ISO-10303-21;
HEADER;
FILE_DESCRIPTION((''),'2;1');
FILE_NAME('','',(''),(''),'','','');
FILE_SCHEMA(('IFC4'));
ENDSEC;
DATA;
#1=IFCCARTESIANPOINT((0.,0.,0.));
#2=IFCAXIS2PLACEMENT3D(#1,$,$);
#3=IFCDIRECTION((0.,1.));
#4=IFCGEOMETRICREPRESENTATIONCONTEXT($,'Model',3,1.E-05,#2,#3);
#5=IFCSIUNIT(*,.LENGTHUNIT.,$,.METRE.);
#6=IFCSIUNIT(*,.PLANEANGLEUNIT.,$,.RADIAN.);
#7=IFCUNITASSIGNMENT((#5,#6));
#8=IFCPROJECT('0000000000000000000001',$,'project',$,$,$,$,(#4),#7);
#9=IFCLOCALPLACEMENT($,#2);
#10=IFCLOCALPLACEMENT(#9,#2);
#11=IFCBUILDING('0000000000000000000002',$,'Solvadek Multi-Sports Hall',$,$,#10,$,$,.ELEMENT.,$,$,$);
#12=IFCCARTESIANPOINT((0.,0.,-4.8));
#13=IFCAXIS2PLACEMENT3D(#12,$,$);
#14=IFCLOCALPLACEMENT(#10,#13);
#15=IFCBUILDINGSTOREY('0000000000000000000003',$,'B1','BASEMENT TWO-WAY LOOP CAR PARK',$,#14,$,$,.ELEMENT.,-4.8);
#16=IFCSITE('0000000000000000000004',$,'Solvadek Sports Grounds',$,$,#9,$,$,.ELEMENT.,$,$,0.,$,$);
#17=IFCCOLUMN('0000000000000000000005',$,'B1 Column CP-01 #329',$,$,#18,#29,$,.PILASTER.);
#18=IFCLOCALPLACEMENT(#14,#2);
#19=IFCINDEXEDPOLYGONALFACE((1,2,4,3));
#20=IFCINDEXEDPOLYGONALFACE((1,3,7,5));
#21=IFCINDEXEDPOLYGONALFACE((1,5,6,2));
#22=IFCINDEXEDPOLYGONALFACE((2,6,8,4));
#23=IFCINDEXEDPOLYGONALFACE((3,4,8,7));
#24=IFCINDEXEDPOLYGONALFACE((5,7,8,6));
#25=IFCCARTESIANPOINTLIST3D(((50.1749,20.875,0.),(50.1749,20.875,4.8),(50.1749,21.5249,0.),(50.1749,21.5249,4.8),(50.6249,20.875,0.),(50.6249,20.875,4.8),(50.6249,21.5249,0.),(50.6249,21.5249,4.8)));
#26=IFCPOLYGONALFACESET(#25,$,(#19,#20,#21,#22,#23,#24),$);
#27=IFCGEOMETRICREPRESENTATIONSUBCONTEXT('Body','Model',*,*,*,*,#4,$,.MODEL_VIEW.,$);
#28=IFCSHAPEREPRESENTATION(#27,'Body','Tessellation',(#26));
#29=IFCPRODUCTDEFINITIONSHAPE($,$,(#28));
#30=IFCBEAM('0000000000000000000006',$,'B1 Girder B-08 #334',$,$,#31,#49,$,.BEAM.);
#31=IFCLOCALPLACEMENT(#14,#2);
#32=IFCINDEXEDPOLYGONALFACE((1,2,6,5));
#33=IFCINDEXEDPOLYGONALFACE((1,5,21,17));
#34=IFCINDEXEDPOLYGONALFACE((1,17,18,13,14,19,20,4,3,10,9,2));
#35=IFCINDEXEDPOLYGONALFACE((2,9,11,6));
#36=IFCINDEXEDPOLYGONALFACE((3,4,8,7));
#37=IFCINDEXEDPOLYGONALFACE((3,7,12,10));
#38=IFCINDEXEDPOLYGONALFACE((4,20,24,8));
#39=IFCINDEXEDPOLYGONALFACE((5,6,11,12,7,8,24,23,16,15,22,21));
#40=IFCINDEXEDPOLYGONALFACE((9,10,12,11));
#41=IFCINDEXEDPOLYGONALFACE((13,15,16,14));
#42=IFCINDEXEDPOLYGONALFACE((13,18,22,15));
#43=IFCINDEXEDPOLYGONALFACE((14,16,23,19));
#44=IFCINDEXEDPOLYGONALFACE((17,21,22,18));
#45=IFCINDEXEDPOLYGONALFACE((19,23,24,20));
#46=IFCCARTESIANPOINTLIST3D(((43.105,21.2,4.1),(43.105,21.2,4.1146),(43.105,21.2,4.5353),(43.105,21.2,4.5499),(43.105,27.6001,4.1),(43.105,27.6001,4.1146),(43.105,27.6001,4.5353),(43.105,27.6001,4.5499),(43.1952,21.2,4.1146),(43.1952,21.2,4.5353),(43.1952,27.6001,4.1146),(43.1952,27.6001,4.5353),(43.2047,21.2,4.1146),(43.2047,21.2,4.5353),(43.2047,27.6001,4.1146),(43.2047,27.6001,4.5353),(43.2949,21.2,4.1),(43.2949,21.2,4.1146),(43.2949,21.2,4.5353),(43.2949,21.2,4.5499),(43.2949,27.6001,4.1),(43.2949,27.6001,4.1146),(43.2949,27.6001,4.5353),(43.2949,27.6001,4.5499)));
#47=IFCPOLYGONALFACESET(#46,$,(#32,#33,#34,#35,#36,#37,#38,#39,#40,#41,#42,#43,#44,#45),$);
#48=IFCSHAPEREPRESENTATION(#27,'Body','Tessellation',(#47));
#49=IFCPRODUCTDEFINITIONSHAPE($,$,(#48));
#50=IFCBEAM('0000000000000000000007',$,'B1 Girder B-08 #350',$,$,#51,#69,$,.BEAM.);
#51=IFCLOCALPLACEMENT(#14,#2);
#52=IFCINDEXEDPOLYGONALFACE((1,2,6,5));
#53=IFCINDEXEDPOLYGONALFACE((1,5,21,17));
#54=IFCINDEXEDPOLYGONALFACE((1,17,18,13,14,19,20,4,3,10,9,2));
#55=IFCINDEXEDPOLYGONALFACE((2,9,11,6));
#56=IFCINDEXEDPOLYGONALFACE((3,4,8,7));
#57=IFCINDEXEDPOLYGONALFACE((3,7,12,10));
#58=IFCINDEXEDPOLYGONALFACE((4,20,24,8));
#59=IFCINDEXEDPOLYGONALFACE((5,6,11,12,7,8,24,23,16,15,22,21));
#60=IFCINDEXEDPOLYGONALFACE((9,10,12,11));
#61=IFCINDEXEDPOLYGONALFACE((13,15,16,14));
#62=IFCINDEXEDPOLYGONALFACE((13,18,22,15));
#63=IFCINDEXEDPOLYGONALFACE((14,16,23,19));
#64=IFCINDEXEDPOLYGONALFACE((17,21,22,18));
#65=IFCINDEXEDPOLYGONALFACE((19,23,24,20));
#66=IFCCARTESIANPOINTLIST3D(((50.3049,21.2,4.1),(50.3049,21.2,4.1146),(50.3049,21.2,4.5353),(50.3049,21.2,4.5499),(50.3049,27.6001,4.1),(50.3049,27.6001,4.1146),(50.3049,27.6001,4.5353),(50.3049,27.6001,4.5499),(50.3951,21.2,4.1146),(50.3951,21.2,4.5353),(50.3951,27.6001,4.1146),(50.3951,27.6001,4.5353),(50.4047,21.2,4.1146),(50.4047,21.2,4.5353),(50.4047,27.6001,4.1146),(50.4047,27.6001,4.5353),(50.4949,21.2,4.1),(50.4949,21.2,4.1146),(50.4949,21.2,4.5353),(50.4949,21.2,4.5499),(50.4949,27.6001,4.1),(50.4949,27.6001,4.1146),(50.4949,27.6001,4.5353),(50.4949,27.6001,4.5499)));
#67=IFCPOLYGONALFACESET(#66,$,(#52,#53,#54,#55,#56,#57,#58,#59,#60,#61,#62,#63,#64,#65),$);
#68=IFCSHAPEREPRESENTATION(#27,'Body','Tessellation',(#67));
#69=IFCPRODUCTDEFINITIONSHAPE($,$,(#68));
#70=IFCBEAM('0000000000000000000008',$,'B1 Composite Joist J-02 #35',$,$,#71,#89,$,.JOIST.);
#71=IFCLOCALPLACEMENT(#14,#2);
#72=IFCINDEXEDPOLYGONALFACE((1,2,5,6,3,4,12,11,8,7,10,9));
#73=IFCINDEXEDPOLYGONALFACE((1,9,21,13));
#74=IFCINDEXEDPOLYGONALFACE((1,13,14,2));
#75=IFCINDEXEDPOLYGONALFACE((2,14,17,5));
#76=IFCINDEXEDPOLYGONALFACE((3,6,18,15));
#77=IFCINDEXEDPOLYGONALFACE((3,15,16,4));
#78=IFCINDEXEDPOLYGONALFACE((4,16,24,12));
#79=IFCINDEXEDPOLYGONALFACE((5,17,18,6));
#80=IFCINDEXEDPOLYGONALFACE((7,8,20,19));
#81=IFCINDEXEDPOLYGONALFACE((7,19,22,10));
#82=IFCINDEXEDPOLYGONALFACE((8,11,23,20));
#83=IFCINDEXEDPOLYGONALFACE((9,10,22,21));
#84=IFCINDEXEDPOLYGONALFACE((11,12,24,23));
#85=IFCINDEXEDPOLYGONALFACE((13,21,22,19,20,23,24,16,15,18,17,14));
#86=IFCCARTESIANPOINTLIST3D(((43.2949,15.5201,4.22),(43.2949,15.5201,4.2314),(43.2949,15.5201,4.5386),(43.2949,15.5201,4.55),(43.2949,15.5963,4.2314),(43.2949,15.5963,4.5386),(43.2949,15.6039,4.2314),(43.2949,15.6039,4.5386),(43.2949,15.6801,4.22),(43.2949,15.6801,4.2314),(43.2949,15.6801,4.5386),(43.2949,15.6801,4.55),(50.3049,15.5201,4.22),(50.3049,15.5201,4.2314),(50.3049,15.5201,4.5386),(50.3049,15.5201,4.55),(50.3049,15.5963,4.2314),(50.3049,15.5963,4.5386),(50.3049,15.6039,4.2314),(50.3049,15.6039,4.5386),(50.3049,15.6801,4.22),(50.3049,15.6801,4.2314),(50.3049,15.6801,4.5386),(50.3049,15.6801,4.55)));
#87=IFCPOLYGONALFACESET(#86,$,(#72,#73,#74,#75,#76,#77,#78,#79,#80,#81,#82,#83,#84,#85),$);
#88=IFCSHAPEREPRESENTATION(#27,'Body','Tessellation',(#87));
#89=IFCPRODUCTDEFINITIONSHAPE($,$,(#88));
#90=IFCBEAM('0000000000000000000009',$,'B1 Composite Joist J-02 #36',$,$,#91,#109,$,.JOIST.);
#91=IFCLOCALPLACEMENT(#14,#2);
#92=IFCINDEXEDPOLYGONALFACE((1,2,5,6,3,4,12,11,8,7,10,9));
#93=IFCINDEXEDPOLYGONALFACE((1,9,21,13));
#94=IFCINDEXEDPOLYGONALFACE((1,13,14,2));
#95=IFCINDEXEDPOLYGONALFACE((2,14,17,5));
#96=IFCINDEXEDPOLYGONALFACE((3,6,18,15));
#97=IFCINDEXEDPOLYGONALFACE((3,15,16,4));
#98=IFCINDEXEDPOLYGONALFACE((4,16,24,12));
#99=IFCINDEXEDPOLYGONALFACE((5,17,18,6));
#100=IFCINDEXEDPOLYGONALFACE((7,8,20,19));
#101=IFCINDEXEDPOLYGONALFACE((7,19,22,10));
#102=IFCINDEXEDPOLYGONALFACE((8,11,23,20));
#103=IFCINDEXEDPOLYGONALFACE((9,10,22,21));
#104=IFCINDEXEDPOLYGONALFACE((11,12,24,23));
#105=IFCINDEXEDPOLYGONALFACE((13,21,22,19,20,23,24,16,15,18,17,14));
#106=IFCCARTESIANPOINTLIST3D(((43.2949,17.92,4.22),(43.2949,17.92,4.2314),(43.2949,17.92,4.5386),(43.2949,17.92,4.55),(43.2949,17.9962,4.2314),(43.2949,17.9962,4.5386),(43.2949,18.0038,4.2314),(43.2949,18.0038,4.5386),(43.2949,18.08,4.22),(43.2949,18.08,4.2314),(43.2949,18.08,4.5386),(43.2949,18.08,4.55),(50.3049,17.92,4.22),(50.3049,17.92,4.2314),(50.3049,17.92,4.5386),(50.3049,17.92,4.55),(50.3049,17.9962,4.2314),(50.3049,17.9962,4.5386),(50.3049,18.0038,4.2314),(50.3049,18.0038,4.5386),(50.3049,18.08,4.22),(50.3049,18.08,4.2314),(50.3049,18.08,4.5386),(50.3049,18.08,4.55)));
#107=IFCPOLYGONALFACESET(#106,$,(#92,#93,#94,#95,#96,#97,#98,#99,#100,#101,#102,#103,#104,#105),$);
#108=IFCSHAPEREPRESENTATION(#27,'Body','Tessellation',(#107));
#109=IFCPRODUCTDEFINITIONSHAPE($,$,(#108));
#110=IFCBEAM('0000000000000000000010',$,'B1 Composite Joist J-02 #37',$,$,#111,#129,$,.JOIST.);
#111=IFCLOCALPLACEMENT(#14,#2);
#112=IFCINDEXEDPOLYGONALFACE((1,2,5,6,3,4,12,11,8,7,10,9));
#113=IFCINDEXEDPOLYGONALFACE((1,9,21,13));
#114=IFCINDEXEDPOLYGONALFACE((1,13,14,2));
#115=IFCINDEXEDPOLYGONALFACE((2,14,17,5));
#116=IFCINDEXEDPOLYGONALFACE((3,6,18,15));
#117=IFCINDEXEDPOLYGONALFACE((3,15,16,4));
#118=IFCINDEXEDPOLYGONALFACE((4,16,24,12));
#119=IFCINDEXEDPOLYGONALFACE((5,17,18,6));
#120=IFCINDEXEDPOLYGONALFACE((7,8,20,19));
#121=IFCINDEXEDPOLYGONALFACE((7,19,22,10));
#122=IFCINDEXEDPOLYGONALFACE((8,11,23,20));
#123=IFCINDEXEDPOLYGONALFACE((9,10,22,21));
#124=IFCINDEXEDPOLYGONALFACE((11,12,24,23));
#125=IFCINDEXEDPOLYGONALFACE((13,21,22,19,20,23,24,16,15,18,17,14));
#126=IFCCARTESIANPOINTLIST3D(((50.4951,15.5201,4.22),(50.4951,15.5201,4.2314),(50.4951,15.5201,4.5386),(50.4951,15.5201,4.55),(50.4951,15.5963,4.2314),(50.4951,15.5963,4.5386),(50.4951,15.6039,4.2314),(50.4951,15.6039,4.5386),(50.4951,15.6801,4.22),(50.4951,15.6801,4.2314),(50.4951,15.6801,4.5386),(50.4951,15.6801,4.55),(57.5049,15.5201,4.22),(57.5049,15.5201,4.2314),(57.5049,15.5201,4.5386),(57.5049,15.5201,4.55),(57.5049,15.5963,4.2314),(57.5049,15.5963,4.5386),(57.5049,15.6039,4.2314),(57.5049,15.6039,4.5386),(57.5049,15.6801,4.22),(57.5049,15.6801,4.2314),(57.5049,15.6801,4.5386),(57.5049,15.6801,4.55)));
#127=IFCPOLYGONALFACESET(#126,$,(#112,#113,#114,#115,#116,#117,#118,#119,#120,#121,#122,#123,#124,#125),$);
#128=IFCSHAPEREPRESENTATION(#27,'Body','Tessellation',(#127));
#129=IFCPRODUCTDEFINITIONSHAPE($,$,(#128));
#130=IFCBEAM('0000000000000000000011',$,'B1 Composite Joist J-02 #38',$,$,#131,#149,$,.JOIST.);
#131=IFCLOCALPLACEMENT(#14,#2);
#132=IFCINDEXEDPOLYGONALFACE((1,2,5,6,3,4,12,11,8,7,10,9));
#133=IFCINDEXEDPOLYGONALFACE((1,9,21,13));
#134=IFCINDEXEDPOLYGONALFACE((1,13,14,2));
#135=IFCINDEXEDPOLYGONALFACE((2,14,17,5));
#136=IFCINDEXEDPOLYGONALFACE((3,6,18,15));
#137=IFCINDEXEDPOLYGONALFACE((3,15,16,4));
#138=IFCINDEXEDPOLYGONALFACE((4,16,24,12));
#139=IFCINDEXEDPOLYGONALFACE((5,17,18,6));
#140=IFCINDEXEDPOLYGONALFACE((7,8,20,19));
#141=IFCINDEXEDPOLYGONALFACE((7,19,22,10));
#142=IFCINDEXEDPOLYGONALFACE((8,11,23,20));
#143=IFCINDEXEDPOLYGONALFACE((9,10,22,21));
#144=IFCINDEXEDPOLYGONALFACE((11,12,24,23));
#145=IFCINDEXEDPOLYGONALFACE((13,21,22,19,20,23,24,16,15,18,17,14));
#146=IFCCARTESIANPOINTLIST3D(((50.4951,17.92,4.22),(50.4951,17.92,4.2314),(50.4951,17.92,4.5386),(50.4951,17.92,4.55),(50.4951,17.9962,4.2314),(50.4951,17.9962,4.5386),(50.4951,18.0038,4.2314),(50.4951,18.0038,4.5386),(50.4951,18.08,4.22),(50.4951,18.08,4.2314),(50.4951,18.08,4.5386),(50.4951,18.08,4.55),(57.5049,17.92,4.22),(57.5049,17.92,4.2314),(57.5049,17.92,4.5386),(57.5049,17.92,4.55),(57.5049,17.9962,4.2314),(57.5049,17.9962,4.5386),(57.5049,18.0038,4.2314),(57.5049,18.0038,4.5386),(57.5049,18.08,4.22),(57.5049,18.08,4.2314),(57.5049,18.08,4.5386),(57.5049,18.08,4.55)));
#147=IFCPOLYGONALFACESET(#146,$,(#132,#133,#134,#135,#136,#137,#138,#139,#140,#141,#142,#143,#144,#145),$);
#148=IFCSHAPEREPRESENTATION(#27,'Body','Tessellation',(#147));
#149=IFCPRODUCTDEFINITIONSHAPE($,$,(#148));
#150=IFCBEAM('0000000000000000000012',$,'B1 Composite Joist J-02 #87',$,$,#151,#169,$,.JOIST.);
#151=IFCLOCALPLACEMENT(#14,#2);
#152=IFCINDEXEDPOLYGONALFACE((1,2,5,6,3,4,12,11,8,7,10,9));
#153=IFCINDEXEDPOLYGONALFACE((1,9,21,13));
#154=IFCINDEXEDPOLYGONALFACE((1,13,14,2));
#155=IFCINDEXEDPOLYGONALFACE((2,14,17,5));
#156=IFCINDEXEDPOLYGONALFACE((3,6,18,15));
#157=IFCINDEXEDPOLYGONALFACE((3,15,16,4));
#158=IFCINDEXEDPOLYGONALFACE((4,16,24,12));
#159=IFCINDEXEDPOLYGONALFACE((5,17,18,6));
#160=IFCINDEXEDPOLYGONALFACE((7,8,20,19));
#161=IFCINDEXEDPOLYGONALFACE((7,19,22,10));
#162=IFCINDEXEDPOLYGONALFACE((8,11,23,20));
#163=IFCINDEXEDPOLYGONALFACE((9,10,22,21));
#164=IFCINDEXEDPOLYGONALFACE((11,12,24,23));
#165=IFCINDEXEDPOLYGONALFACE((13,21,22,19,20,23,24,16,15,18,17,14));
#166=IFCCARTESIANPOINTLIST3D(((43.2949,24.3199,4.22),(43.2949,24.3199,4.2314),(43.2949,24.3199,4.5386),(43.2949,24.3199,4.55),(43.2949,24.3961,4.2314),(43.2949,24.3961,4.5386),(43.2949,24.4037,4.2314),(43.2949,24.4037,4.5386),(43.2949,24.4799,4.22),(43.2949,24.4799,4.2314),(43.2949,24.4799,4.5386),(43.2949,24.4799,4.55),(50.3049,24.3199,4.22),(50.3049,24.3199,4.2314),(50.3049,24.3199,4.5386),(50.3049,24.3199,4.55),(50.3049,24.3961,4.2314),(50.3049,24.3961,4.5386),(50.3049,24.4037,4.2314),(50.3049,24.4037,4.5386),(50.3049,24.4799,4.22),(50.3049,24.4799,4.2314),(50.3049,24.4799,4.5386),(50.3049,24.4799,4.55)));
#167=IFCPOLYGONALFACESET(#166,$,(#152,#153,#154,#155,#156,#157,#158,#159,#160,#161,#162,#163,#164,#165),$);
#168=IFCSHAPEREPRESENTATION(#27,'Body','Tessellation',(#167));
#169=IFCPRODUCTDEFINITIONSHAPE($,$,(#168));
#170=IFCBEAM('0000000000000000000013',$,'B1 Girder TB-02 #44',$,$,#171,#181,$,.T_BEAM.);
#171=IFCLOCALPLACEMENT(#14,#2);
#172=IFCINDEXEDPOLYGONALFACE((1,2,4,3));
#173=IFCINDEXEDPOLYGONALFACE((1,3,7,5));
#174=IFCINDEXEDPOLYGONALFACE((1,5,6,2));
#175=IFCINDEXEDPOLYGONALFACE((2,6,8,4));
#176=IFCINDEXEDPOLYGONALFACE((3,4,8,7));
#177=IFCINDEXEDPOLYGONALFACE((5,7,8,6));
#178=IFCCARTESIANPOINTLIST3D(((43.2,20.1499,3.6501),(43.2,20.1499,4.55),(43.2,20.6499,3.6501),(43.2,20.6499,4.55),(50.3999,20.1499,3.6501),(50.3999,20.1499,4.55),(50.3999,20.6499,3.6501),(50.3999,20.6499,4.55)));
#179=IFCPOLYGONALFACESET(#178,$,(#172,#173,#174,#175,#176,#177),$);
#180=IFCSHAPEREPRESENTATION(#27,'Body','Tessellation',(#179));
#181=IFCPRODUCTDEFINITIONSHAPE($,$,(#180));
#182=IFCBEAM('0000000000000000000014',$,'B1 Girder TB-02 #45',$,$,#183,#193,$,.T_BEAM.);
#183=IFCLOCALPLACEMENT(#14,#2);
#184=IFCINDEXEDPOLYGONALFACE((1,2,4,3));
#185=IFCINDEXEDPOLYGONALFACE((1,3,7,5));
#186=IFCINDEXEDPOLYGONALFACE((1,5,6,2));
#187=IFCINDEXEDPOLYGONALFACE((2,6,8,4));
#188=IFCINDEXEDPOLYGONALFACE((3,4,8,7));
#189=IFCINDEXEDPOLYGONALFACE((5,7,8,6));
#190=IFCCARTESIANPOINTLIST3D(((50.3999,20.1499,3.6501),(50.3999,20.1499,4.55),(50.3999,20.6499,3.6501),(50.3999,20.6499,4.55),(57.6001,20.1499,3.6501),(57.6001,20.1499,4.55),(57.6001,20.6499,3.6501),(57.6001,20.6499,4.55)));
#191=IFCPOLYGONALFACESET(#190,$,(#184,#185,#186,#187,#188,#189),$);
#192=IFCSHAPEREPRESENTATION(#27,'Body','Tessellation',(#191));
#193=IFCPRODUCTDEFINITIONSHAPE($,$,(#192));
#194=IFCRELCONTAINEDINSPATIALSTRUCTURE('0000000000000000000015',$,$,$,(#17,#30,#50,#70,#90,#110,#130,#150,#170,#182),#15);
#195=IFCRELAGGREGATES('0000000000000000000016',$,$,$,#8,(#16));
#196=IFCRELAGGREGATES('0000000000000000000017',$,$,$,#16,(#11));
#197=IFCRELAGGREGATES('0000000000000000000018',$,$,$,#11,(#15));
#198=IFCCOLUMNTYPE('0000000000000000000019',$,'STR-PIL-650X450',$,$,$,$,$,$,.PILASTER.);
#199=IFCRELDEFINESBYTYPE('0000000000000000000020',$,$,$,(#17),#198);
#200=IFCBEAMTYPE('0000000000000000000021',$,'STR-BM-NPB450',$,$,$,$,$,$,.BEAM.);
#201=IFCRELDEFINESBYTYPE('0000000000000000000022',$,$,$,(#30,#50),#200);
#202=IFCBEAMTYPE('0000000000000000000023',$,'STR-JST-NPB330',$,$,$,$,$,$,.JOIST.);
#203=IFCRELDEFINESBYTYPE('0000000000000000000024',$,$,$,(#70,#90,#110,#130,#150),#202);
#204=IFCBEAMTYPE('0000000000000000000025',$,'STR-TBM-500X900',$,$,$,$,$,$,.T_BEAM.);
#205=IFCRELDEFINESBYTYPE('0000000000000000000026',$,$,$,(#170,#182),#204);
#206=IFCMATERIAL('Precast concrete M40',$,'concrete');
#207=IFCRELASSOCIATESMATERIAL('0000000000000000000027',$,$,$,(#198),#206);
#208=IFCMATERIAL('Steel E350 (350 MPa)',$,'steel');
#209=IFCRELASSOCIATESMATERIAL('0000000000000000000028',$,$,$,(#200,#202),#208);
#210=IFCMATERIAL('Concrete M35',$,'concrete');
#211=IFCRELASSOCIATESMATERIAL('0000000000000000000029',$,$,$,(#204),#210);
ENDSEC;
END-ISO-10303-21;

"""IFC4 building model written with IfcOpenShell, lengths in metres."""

from ifc_helpers import new_model, si_unit, direction, frame, origin, origin_2d, place, context, subcontext, project, spatial, rectangle, i_section, extrude, material, material_profile, profile_set, type_object, element, save


model = new_model("IFC4")

# Units and contexts
model_context = context("Model", 3, precision=1e-05, world=origin(), true_north=direction((0.0, 1.0)))
body_context = subcontext(model_context, "Body", "Model", "MODEL_VIEW")
ifc_project = project(units=[si_unit("LENGTHUNIT", "METRE"), si_unit("PLANEANGLEUNIT", "RADIAN")], contexts=[model_context])

# Site, building, storey
site_placement = place(None, origin())
site = spatial("IfcSite", under=ifc_project, at=site_placement, Name="Solvadek Sports Grounds", CompositionType="ELEMENT", RefElevation=0.0)
building_placement = place(site_placement, origin())
building = spatial("IfcBuilding", under=site, at=building_placement, Name="Solvadek Multi-Sports Hall", CompositionType="ELEMENT")
storey_placement = place(building_placement, frame((0.0, 0.0, -4.8)))
storey = spatial("IfcBuildingStorey", under=building, at=storey_placement, Name="B1", Description="BASEMENT TWO-WAY LOOP CAR PARK", CompositionType="ELEMENT", Elevation=-4.8)

# Shared definitions
ifc_material_1 = material(Name="Concrete M35", Category="concrete")

# Column
ifc_material_2 = material(Name="Steel E350 (350 MPa)", Category="steel")
ifc_material_3 = material(Name="Precast concrete M40", Category="concrete")
ifc_material_profile_1 = material_profile(ifc_material_3, rectangle(XDim=0.45, YDim=0.6499, at=origin_2d()), Name="RC PILASTER 650x450")
ifc_profile_set_1 = profile_set([ifc_material_profile_1], Name="Precast concrete M40")
column_type_1 = type_object("IfcColumnType", Name="STR-PIL-650X450", PredefinedType="PILASTER", material=ifc_profile_set_1)
for number, where, z_axis, x_axis, name in (
    (1, (50.3999, 21.2, 0.0), (0.0, 0.0, 1.0), (1.0, 0.0, 0.0), "B1 Column CP-01 #329"),
):
    element("IfcColumn", number, at=place(storey_placement, frame(where, z_axis=z_axis, x_axis=x_axis)), inside=storey, type_object=column_type_1, Name=name, PredefinedType="PILASTER", context=body_context, shape_type="SweptSolid", body=[
        extrude(rectangle(XDim=0.45, YDim=0.6499, at=origin_2d()), origin(), (0.0, 0.0, 1.0), 4.8),
    ])

# Beams
ifc_material_profile_2 = material_profile(ifc_material_2, i_section(OverallWidth=0.1899, OverallDepth=0.45, WebThickness=0.0095, FlangeThickness=0.0146, at=origin_2d()), Name="NPB 450")
ifc_profile_set_2 = profile_set([ifc_material_profile_2], Name="Steel E350 (350 MPa)")
beam_type_1 = type_object("IfcBeamType", Name="STR-BM-NPB450", PredefinedType="BEAM", material=ifc_profile_set_2)
for number, where, z_axis, x_axis, name in (
    (2, (43.2, 21.2, 4.325), (0.0, 1.0, 0.0), (-1.0, 0.0, 0.0), "B1 Girder B-08 #334"),
    (3, (50.3999, 21.2, 4.325), (0.0, 1.0, 0.0), (-1.0, 0.0, 0.0), "B1 Girder B-08 #350"),
):
    element("IfcBeam", number, at=place(storey_placement, frame(where, z_axis=z_axis, x_axis=x_axis)), inside=storey, type_object=beam_type_1, Name=name, PredefinedType="BEAM", context=body_context, shape_type="SweptSolid", body=[
        extrude(i_section(OverallWidth=0.1899, OverallDepth=0.45, WebThickness=0.0095, FlangeThickness=0.0146, at=origin_2d()), origin(), (0.0, 0.0, 1.0), 6.4001),
    ])
ifc_material_profile_3 = material_profile(ifc_material_2, i_section(OverallWidth=0.1599, OverallDepth=0.3301, WebThickness=0.0076, FlangeThickness=0.0115, at=origin_2d()), Name="NPB 330")
ifc_profile_set_3 = profile_set([ifc_material_profile_3], Name="Steel E350 (350 MPa)")
beam_type_2 = type_object("IfcBeamType", Name="STR-JST-NPB330", PredefinedType="JOIST", material=ifc_profile_set_3)
for number, where, z_axis, x_axis, name in (
    (4, (43.2949, 15.6001, 4.385), (1.0, 0.0, 0.0), (0.0, 1.0, 0.0), "B1 Composite Joist J-02 #35"),
    (5, (43.2949, 18.0, 4.385), (1.0, 0.0, 0.0), (0.0, 1.0, 0.0), "B1 Composite Joist J-02 #36"),
):
    element("IfcBeam", number, at=place(storey_placement, frame(where, z_axis=z_axis, x_axis=x_axis)), inside=storey, type_object=beam_type_2, Name=name, PredefinedType="JOIST", context=body_context, shape_type="SweptSolid", body=[
        extrude(i_section(OverallWidth=0.1599, OverallDepth=0.3301, WebThickness=0.0076, FlangeThickness=0.0115, at=origin_2d()), origin(), (0.0, 0.0, 1.0), 7.01),
    ])
for number, where, z_axis, x_axis, name in (
    (6, (50.4951, 15.6001, 4.385), (1.0, 0.0, 0.0), (0.0, 1.0, 0.0), "B1 Composite Joist J-02 #37"),
    (7, (50.4951, 18.0, 4.385), (1.0, 0.0, 0.0), (0.0, 1.0, 0.0), "B1 Composite Joist J-02 #38"),
):
    element("IfcBeam", number, at=place(storey_placement, frame(where, z_axis=z_axis, x_axis=x_axis)), inside=storey, type_object=beam_type_2, Name=name, PredefinedType="JOIST", context=body_context, shape_type="SweptSolid", body=[
        extrude(i_section(OverallWidth=0.1599, OverallDepth=0.3301, WebThickness=0.0076, FlangeThickness=0.0115, at=origin_2d()), origin(), (0.0, 0.0, 1.0), 7.0098),
    ])
beam_1_placement = place(storey_placement, frame((43.2949, 24.3999, 4.385), z_axis=(1.0, 0.0, 0.0), x_axis=(0.0, 1.0, 0.0)))
element("IfcBeam", 8, at=beam_1_placement, inside=storey, type_object=beam_type_2, Name="B1 Composite Joist J-02 #87", PredefinedType="JOIST", context=body_context, shape_type="SweptSolid", body=[
    extrude(i_section(OverallWidth=0.1599, OverallDepth=0.3301, WebThickness=0.0076, FlangeThickness=0.0115, at=origin_2d()), origin(), (0.0, 0.0, 1.0), 7.01),
])
ifc_material_profile_4 = material_profile(ifc_material_1, rectangle(XDim=0.5, YDim=0.8999, at=origin_2d()), Name="RC T-BEAM 500x900")
ifc_profile_set_4 = profile_set([ifc_material_profile_4], Name="Concrete M35")
beam_type_3 = type_object("IfcBeamType", Name="STR-TBM-500X900", PredefinedType="T_BEAM", material=ifc_profile_set_4)
beam_2_placement = place(storey_placement, frame((43.2, 20.3999, 4.1001), z_axis=(1.0, 0.0, 0.0), x_axis=(0.0, 1.0, 0.0)))
element("IfcBeam", 9, at=beam_2_placement, inside=storey, type_object=beam_type_3, Name="B1 Girder TB-02 #44", PredefinedType="T_BEAM", context=body_context, shape_type="SweptSolid", body=[
    extrude(rectangle(XDim=0.5, YDim=0.8999, at=origin_2d()), origin(), (0.0, 0.0, 1.0), 7.2),
])
beam_3_placement = place(storey_placement, frame((50.3999, 20.3999, 4.1001), z_axis=(1.0, 0.0, 0.0), x_axis=(0.0, 1.0, 0.0)))
element("IfcBeam", 10, at=beam_3_placement, inside=storey, type_object=beam_type_3, Name="B1 Girder TB-02 #45", PredefinedType="T_BEAM", context=body_context, shape_type="SweptSolid", body=[
    extrude(rectangle(XDim=0.5, YDim=0.8999, at=origin_2d()), origin(), (0.0, 0.0, 1.0), 7.2002),
])

save(model, "model.ifc")
